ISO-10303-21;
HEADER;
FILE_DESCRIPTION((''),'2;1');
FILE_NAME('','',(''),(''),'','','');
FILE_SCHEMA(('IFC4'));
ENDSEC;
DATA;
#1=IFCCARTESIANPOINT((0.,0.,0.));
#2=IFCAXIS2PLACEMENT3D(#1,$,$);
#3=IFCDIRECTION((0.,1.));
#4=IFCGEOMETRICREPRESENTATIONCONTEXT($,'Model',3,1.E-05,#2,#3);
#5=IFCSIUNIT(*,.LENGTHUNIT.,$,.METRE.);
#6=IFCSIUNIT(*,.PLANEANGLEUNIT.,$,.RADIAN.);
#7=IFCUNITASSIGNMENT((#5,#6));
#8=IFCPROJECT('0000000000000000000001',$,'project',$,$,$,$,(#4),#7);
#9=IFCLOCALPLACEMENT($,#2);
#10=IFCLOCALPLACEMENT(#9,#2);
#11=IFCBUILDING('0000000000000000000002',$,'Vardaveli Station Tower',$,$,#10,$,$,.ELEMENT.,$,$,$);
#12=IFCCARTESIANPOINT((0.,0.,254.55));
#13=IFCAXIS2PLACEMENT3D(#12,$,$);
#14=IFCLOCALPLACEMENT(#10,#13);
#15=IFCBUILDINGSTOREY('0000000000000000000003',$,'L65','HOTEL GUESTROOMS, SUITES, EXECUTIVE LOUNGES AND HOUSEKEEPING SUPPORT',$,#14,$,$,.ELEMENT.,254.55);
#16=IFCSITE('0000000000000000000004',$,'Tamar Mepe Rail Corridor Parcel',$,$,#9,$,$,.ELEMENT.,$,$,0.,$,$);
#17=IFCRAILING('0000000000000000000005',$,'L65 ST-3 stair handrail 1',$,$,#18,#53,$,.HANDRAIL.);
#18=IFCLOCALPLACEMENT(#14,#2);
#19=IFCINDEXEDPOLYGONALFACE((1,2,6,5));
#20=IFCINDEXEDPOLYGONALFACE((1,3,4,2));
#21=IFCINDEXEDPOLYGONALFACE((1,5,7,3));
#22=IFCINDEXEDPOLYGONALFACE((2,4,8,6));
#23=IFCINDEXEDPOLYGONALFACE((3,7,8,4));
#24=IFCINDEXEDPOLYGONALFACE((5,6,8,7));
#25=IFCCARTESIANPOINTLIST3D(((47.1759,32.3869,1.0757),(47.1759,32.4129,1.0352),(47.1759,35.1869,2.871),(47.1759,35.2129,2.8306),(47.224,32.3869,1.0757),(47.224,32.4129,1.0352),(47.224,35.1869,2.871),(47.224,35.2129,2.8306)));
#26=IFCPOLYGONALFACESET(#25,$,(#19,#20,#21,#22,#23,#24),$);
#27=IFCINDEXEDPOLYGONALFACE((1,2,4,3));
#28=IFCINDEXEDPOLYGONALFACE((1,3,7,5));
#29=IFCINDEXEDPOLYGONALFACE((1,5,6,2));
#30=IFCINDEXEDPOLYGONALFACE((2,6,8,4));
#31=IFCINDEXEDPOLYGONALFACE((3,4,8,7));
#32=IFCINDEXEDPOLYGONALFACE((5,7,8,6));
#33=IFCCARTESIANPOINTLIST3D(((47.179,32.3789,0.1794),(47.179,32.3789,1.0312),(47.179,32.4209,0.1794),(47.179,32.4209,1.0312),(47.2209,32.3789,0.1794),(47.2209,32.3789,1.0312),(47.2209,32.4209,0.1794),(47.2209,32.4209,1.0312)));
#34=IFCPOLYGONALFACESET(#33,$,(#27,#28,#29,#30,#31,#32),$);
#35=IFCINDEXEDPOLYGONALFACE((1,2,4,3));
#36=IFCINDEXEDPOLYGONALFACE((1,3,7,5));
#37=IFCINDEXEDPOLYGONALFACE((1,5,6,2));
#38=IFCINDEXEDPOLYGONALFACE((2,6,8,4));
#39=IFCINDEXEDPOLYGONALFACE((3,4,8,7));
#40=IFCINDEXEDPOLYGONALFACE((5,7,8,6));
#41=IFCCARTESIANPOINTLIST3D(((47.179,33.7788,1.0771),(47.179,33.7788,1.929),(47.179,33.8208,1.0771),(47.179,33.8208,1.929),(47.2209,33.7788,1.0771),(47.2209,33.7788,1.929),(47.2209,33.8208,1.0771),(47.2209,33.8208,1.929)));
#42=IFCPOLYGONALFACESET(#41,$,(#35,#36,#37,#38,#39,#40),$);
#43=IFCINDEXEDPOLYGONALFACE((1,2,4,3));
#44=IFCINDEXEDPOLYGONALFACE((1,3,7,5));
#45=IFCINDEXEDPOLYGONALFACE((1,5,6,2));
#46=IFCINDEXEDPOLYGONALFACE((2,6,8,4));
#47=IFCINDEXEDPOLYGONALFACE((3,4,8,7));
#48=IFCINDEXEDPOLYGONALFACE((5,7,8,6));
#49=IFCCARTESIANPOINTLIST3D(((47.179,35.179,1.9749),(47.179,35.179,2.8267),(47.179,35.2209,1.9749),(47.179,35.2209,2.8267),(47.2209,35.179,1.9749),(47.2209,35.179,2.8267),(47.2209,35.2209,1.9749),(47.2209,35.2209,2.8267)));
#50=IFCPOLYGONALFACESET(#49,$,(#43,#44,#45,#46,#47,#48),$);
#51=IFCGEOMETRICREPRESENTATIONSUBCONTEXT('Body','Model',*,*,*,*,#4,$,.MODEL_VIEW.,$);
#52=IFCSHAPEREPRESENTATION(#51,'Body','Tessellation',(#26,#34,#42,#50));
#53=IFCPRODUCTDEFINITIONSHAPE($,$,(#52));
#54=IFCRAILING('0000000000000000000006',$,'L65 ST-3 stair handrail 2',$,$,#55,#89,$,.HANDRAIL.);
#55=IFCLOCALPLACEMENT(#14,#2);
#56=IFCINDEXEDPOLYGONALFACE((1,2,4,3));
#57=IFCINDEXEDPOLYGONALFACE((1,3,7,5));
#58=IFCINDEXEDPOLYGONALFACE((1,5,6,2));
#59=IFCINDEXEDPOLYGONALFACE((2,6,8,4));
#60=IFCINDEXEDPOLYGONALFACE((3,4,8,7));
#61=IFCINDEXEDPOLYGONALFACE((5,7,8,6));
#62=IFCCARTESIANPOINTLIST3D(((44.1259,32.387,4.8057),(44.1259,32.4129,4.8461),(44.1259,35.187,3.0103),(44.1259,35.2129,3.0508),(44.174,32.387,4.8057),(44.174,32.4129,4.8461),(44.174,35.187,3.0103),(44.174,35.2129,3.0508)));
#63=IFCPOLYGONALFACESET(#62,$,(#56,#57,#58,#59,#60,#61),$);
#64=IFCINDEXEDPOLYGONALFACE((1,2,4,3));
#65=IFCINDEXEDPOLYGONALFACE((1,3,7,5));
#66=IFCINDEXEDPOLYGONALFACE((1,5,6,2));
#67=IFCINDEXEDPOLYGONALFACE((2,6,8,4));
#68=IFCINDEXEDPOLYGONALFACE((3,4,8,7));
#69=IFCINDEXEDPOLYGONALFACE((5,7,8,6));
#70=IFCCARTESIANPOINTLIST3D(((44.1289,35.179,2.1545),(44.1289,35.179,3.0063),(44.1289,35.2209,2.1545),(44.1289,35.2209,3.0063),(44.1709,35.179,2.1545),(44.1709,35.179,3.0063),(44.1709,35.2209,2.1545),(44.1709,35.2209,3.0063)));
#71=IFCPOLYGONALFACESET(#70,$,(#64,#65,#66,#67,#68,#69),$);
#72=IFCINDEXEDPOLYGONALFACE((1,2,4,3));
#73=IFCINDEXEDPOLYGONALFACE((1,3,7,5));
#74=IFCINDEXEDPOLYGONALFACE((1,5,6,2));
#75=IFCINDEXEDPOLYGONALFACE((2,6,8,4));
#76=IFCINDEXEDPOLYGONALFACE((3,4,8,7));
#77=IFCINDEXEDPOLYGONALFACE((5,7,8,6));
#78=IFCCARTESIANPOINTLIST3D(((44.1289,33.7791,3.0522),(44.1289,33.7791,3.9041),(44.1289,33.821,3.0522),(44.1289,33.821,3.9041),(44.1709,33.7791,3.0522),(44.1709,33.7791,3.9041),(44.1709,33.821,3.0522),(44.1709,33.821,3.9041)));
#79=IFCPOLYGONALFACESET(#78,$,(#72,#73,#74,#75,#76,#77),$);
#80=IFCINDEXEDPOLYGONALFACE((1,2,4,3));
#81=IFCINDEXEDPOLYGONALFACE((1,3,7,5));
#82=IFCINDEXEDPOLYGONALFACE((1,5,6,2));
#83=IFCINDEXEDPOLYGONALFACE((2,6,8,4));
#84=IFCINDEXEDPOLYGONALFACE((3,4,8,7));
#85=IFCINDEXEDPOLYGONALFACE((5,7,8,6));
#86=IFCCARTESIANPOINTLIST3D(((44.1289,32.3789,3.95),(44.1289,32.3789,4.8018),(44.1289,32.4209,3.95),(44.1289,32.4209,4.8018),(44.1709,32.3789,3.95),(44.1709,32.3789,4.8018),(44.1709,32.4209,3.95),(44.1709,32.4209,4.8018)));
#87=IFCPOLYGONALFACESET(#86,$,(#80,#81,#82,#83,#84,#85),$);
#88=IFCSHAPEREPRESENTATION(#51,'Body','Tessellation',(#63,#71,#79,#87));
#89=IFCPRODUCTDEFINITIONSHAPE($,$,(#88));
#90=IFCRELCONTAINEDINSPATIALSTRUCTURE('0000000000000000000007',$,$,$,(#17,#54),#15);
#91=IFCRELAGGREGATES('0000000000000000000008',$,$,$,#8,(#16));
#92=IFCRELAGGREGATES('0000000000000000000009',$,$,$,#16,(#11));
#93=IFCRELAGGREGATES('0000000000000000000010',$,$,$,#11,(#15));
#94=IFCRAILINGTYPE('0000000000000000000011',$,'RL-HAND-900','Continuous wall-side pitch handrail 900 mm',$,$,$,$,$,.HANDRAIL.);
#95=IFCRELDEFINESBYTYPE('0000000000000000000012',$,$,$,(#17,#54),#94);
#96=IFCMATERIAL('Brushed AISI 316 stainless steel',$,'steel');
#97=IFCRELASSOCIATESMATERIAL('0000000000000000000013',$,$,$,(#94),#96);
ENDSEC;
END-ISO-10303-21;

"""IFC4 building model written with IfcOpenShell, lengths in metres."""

from ifc_helpers import new_model, si_unit, direction, frame, origin, origin_2d, place, context, subcontext, project, spatial, rectangle, extrude, source, transform, mapped, material, type_object, element, save


model = new_model("IFC4")

# Units and contexts
model_context = context("Model", 3, precision=1e-05, world=origin(), true_north=direction((0.0, 1.0)))
body_context = subcontext(model_context, "Body", "Model", "MODEL_VIEW")
ifc_project = project(units=[si_unit("LENGTHUNIT", "METRE"), si_unit("PLANEANGLEUNIT", "RADIAN")], contexts=[model_context])

# Site, building, storey
site_placement = place(None, origin())
site = spatial("IfcSite", under=ifc_project, at=site_placement, Name="Tamar Mepe Rail Corridor Parcel", CompositionType="ELEMENT", RefElevation=0.0)
building_placement = place(site_placement, origin())
building = spatial("IfcBuilding", under=site, at=building_placement, Name="Vardaveli Station Tower", CompositionType="ELEMENT")
storey_placement = place(building_placement, frame((0.0, 0.0, 254.55)))
storey = spatial("IfcBuildingStorey", under=building, at=storey_placement, Name="L65", Description="HOTEL GUESTROOMS, SUITES, EXECUTIVE LOUNGES AND HOUSEKEEPING SUPPORT", CompositionType="ELEMENT", Elevation=254.55)

# Railings
ifc_material_1 = material(Name="Brushed AISI 316 stainless steel", Category="steel")
railing_type_1 = type_object("IfcRailingType", Name="RL-HAND-900", Description="Continuous wall-side pitch handrail 900 mm", PredefinedType="HANDRAIL", material=ifc_material_1)
shared_shape_1 = source(origin(), body_context, "Body", "SweptSolid", [
    extrude(rectangle(XDim=0.0481, YDim=0.0481, at=origin_2d()), frame((0.0, 0.0, 0.876), z_axis=(0.0, 0.84181, 0.539774), x_axis=(-1.0, 0.0, 0.0)), (0.0, 0.0, 1.0), 3.3262),
    extrude(rectangle(XDim=0.042, YDim=0.042, at=origin_2d()), origin(), (0.0, 0.0, 1.0), 0.8518),
    extrude(rectangle(XDim=0.042, YDim=0.042, at=origin_2d()), frame((0.0, 1.3999, 0.8977)), (0.0, 0.0, 1.0), 0.8518),
    extrude(rectangle(XDim=0.042, YDim=0.042, at=origin_2d()), frame((0.0, 2.8, 1.7954)), (0.0, 0.0, 1.0), 0.8518),
])
railing_1_placement = place(storey_placement, frame((47.2, 32.3999, 0.1794)))
element("IfcRailing", 1, at=railing_1_placement, inside=storey, type_object=railing_type_1, Name="L65 ST-3 stair handrail 1", PredefinedType="HANDRAIL", context=body_context, shape_type="MappedRepresentation", body=[
    mapped(shared_shape_1, transform((0.0, 0.0, 0.0), scale=1.0)),
])
shared_shape_2 = source(origin(), body_context, "Body", "SweptSolid", [
    extrude(rectangle(XDim=0.0481, YDim=0.0481, at=origin_2d()), frame((0.0, 0.0, 0.876), z_axis=(0.0, -0.84181, 0.539774), x_axis=(1.0, 0.0, 0.0)), (0.0, 0.0, 1.0), 3.3262),
    extrude(rectangle(XDim=0.042, YDim=0.042, at=origin_2d()), origin(), (0.0, 0.0, 1.0), 0.8518),
    extrude(rectangle(XDim=0.042, YDim=0.042, at=origin_2d()), frame((0.0, -1.3999, 0.8977)), (0.0, 0.0, 1.0), 0.8518),
    extrude(rectangle(XDim=0.042, YDim=0.042, at=origin_2d()), frame((0.0, -2.8, 1.7954)), (0.0, 0.0, 1.0), 0.8518),
])
railing_2_placement = place(storey_placement, frame((44.1499, 35.2, 2.1545)))
element("IfcRailing", 2, at=railing_2_placement, inside=storey, type_object=railing_type_1, Name="L65 ST-3 stair handrail 2", PredefinedType="HANDRAIL", context=body_context, shape_type="MappedRepresentation", body=[
    mapped(shared_shape_2, transform((0.0, 0.0, 0.0), scale=1.0)),
])

save(model, "model.ifc")
